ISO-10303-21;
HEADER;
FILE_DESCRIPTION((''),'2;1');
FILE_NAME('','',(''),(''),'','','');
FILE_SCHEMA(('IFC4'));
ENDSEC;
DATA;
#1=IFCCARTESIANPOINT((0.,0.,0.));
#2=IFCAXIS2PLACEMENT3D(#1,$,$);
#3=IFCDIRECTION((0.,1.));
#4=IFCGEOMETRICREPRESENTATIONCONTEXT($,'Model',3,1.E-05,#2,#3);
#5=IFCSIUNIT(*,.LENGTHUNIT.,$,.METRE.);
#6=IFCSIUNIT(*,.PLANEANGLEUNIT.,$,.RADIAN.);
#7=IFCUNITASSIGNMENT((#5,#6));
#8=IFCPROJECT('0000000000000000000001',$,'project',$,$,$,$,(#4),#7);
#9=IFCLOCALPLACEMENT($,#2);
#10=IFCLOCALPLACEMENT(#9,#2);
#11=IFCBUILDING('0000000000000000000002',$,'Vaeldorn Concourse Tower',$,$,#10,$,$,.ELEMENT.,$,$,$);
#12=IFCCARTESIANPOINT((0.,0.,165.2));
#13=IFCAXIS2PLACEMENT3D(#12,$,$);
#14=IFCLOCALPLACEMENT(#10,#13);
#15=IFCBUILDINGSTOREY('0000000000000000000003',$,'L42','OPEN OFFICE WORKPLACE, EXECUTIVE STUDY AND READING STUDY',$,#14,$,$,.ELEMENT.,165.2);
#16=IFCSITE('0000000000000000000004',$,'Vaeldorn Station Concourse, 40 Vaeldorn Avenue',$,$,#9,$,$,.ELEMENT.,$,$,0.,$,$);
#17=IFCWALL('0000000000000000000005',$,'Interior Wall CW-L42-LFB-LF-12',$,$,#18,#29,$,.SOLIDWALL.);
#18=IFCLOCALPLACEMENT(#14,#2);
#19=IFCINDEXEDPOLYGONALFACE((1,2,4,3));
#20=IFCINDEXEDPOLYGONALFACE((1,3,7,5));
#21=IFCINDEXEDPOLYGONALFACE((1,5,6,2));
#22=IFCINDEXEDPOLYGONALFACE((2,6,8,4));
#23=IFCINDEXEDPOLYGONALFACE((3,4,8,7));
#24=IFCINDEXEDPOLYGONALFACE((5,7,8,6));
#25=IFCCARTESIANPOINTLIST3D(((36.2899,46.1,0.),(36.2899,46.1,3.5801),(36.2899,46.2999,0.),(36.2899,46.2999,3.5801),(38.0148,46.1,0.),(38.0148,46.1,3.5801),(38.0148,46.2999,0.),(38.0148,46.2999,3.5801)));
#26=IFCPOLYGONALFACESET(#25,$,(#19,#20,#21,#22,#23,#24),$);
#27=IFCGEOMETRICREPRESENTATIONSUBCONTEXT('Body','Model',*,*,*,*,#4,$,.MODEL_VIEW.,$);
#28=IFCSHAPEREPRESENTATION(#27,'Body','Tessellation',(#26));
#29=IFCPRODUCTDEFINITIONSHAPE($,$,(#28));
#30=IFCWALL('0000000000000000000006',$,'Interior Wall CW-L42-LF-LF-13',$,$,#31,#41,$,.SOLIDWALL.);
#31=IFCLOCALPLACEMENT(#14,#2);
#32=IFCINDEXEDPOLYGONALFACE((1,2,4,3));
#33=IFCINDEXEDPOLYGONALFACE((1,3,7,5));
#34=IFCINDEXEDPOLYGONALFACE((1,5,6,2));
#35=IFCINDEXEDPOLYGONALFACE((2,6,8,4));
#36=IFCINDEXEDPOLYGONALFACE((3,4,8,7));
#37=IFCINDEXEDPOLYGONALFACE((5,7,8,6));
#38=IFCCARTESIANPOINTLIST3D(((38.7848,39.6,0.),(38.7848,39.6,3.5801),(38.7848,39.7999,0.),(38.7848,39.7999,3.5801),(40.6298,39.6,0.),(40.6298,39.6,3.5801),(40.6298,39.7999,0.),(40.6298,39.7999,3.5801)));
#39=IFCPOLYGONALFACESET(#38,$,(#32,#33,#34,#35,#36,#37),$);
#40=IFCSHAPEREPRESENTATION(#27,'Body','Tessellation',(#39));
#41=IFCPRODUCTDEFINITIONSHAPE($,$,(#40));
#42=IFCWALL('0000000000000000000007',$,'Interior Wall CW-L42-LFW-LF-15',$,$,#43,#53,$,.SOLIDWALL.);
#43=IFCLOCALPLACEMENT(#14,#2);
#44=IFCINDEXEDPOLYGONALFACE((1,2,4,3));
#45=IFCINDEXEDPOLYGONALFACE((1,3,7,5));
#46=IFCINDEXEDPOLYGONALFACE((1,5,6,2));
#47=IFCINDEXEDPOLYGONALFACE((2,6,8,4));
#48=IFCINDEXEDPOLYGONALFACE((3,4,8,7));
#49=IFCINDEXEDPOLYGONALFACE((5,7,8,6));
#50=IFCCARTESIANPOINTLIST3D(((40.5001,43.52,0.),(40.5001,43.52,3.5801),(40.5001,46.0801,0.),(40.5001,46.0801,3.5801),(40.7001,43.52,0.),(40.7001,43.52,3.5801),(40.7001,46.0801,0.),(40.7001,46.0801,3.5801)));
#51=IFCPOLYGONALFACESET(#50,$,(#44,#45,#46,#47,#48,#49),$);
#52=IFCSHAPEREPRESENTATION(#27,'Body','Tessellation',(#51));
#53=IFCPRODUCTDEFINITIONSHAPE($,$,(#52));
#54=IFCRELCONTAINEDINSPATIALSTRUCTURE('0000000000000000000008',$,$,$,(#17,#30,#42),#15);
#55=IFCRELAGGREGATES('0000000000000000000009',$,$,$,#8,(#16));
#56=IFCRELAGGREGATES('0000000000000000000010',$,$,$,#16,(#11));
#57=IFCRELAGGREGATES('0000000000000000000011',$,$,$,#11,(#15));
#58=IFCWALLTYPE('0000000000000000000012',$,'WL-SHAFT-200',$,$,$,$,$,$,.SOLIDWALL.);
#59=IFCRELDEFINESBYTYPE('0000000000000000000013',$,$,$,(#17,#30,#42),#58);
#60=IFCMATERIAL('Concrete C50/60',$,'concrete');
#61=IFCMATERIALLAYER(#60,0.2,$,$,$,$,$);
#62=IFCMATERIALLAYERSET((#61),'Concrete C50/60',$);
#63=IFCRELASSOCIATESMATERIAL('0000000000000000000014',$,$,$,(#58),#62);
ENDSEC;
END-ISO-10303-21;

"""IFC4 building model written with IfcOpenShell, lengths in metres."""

from ifc_helpers import new_model, si_unit, direction, frame, frame_2d, origin, place, context, subcontext, project, spatial, rectangle, extrude, material, layer, layer_set, type_object, element, save


model = new_model("IFC4")

# Units and contexts
model_context = context("Model", 3, precision=1e-05, world=origin(), true_north=direction((0.0, 1.0)))
body_context = subcontext(model_context, "Body", "Model", "MODEL_VIEW")
ifc_project = project(units=[si_unit("LENGTHUNIT", "METRE"), si_unit("PLANEANGLEUNIT", "RADIAN")], contexts=[model_context])

# Site, building, storey
site_placement = place(None, origin())
site = spatial("IfcSite", under=ifc_project, at=site_placement, Name="Vaeldorn Station Concourse, 40 Vaeldorn Avenue", CompositionType="ELEMENT", RefElevation=0.0)
building_placement = place(site_placement, origin())
building = spatial("IfcBuilding", under=site, at=building_placement, Name="Vaeldorn Concourse Tower", CompositionType="ELEMENT")
storey_placement = place(building_placement, frame((0.0, 0.0, 165.2)))
storey = spatial("IfcBuildingStorey", under=building, at=storey_placement, Name="L42", Description="OPEN OFFICE WORKPLACE, EXECUTIVE STUDY AND READING STUDY", CompositionType="ELEMENT", Elevation=165.2)

# Shared definitions
ifc_material_1 = material(Name="Concrete C50/60", Category="concrete")
ifc_layer_1 = layer(ifc_material_1, 0.2)
ifc_layer_set_1 = layer_set([ifc_layer_1], Name="Concrete C50/60")
wall_type_1 = type_object("IfcWallType", Name="WL-SHAFT-200", PredefinedType="SOLIDWALL", material=ifc_layer_set_1)

# Walls
wall_1_placement = place(storey_placement, frame((36.29, 46.2, 0.0), z_axis=(0.0, 0.0, 1.0), x_axis=(1.0, 0.0, 0.0)))
element("IfcWall", 1, at=wall_1_placement, inside=storey, type_object=wall_type_1, Name="Interior Wall CW-L42-LFB-LF-12", PredefinedType="SOLIDWALL", context=body_context, shape_type="SweptSolid", body=[
    extrude(rectangle(XDim=1.7249, YDim=0.2, at=frame_2d((0.8623, 0.0))), origin(), (0.0, 0.0, 1.0), 3.5801),
])
wall_2_placement = place(storey_placement, frame((38.7849, 39.7, 0.0), z_axis=(0.0, 0.0, 1.0), x_axis=(1.0, 0.0, 0.0)))
element("IfcWall", 2, at=wall_2_placement, inside=storey, type_object=wall_type_1, Name="Interior Wall CW-L42-LF-LF-13", PredefinedType="SOLIDWALL", context=body_context, shape_type="SweptSolid", body=[
    extrude(rectangle(XDim=1.845, YDim=0.2, at=frame_2d((0.9224, 0.0))), origin(), (0.0, 0.0, 1.0), 3.5801),
])
wall_3_placement = place(storey_placement, frame((40.6001, 43.52, 0.0), z_axis=(0.0, 0.0, 1.0), x_axis=(0.0, 1.0, 0.0)))
element("IfcWall", 3, at=wall_3_placement, inside=storey, type_object=wall_type_1, Name="Interior Wall CW-L42-LFW-LF-15", PredefinedType="SOLIDWALL", context=body_context, shape_type="SweptSolid", body=[
    extrude(rectangle(XDim=2.5601, YDim=0.2, at=frame_2d((1.28, 0.0))), origin(), (0.0, 0.0, 1.0), 3.5801),
])

save(model, "model.ifc")
